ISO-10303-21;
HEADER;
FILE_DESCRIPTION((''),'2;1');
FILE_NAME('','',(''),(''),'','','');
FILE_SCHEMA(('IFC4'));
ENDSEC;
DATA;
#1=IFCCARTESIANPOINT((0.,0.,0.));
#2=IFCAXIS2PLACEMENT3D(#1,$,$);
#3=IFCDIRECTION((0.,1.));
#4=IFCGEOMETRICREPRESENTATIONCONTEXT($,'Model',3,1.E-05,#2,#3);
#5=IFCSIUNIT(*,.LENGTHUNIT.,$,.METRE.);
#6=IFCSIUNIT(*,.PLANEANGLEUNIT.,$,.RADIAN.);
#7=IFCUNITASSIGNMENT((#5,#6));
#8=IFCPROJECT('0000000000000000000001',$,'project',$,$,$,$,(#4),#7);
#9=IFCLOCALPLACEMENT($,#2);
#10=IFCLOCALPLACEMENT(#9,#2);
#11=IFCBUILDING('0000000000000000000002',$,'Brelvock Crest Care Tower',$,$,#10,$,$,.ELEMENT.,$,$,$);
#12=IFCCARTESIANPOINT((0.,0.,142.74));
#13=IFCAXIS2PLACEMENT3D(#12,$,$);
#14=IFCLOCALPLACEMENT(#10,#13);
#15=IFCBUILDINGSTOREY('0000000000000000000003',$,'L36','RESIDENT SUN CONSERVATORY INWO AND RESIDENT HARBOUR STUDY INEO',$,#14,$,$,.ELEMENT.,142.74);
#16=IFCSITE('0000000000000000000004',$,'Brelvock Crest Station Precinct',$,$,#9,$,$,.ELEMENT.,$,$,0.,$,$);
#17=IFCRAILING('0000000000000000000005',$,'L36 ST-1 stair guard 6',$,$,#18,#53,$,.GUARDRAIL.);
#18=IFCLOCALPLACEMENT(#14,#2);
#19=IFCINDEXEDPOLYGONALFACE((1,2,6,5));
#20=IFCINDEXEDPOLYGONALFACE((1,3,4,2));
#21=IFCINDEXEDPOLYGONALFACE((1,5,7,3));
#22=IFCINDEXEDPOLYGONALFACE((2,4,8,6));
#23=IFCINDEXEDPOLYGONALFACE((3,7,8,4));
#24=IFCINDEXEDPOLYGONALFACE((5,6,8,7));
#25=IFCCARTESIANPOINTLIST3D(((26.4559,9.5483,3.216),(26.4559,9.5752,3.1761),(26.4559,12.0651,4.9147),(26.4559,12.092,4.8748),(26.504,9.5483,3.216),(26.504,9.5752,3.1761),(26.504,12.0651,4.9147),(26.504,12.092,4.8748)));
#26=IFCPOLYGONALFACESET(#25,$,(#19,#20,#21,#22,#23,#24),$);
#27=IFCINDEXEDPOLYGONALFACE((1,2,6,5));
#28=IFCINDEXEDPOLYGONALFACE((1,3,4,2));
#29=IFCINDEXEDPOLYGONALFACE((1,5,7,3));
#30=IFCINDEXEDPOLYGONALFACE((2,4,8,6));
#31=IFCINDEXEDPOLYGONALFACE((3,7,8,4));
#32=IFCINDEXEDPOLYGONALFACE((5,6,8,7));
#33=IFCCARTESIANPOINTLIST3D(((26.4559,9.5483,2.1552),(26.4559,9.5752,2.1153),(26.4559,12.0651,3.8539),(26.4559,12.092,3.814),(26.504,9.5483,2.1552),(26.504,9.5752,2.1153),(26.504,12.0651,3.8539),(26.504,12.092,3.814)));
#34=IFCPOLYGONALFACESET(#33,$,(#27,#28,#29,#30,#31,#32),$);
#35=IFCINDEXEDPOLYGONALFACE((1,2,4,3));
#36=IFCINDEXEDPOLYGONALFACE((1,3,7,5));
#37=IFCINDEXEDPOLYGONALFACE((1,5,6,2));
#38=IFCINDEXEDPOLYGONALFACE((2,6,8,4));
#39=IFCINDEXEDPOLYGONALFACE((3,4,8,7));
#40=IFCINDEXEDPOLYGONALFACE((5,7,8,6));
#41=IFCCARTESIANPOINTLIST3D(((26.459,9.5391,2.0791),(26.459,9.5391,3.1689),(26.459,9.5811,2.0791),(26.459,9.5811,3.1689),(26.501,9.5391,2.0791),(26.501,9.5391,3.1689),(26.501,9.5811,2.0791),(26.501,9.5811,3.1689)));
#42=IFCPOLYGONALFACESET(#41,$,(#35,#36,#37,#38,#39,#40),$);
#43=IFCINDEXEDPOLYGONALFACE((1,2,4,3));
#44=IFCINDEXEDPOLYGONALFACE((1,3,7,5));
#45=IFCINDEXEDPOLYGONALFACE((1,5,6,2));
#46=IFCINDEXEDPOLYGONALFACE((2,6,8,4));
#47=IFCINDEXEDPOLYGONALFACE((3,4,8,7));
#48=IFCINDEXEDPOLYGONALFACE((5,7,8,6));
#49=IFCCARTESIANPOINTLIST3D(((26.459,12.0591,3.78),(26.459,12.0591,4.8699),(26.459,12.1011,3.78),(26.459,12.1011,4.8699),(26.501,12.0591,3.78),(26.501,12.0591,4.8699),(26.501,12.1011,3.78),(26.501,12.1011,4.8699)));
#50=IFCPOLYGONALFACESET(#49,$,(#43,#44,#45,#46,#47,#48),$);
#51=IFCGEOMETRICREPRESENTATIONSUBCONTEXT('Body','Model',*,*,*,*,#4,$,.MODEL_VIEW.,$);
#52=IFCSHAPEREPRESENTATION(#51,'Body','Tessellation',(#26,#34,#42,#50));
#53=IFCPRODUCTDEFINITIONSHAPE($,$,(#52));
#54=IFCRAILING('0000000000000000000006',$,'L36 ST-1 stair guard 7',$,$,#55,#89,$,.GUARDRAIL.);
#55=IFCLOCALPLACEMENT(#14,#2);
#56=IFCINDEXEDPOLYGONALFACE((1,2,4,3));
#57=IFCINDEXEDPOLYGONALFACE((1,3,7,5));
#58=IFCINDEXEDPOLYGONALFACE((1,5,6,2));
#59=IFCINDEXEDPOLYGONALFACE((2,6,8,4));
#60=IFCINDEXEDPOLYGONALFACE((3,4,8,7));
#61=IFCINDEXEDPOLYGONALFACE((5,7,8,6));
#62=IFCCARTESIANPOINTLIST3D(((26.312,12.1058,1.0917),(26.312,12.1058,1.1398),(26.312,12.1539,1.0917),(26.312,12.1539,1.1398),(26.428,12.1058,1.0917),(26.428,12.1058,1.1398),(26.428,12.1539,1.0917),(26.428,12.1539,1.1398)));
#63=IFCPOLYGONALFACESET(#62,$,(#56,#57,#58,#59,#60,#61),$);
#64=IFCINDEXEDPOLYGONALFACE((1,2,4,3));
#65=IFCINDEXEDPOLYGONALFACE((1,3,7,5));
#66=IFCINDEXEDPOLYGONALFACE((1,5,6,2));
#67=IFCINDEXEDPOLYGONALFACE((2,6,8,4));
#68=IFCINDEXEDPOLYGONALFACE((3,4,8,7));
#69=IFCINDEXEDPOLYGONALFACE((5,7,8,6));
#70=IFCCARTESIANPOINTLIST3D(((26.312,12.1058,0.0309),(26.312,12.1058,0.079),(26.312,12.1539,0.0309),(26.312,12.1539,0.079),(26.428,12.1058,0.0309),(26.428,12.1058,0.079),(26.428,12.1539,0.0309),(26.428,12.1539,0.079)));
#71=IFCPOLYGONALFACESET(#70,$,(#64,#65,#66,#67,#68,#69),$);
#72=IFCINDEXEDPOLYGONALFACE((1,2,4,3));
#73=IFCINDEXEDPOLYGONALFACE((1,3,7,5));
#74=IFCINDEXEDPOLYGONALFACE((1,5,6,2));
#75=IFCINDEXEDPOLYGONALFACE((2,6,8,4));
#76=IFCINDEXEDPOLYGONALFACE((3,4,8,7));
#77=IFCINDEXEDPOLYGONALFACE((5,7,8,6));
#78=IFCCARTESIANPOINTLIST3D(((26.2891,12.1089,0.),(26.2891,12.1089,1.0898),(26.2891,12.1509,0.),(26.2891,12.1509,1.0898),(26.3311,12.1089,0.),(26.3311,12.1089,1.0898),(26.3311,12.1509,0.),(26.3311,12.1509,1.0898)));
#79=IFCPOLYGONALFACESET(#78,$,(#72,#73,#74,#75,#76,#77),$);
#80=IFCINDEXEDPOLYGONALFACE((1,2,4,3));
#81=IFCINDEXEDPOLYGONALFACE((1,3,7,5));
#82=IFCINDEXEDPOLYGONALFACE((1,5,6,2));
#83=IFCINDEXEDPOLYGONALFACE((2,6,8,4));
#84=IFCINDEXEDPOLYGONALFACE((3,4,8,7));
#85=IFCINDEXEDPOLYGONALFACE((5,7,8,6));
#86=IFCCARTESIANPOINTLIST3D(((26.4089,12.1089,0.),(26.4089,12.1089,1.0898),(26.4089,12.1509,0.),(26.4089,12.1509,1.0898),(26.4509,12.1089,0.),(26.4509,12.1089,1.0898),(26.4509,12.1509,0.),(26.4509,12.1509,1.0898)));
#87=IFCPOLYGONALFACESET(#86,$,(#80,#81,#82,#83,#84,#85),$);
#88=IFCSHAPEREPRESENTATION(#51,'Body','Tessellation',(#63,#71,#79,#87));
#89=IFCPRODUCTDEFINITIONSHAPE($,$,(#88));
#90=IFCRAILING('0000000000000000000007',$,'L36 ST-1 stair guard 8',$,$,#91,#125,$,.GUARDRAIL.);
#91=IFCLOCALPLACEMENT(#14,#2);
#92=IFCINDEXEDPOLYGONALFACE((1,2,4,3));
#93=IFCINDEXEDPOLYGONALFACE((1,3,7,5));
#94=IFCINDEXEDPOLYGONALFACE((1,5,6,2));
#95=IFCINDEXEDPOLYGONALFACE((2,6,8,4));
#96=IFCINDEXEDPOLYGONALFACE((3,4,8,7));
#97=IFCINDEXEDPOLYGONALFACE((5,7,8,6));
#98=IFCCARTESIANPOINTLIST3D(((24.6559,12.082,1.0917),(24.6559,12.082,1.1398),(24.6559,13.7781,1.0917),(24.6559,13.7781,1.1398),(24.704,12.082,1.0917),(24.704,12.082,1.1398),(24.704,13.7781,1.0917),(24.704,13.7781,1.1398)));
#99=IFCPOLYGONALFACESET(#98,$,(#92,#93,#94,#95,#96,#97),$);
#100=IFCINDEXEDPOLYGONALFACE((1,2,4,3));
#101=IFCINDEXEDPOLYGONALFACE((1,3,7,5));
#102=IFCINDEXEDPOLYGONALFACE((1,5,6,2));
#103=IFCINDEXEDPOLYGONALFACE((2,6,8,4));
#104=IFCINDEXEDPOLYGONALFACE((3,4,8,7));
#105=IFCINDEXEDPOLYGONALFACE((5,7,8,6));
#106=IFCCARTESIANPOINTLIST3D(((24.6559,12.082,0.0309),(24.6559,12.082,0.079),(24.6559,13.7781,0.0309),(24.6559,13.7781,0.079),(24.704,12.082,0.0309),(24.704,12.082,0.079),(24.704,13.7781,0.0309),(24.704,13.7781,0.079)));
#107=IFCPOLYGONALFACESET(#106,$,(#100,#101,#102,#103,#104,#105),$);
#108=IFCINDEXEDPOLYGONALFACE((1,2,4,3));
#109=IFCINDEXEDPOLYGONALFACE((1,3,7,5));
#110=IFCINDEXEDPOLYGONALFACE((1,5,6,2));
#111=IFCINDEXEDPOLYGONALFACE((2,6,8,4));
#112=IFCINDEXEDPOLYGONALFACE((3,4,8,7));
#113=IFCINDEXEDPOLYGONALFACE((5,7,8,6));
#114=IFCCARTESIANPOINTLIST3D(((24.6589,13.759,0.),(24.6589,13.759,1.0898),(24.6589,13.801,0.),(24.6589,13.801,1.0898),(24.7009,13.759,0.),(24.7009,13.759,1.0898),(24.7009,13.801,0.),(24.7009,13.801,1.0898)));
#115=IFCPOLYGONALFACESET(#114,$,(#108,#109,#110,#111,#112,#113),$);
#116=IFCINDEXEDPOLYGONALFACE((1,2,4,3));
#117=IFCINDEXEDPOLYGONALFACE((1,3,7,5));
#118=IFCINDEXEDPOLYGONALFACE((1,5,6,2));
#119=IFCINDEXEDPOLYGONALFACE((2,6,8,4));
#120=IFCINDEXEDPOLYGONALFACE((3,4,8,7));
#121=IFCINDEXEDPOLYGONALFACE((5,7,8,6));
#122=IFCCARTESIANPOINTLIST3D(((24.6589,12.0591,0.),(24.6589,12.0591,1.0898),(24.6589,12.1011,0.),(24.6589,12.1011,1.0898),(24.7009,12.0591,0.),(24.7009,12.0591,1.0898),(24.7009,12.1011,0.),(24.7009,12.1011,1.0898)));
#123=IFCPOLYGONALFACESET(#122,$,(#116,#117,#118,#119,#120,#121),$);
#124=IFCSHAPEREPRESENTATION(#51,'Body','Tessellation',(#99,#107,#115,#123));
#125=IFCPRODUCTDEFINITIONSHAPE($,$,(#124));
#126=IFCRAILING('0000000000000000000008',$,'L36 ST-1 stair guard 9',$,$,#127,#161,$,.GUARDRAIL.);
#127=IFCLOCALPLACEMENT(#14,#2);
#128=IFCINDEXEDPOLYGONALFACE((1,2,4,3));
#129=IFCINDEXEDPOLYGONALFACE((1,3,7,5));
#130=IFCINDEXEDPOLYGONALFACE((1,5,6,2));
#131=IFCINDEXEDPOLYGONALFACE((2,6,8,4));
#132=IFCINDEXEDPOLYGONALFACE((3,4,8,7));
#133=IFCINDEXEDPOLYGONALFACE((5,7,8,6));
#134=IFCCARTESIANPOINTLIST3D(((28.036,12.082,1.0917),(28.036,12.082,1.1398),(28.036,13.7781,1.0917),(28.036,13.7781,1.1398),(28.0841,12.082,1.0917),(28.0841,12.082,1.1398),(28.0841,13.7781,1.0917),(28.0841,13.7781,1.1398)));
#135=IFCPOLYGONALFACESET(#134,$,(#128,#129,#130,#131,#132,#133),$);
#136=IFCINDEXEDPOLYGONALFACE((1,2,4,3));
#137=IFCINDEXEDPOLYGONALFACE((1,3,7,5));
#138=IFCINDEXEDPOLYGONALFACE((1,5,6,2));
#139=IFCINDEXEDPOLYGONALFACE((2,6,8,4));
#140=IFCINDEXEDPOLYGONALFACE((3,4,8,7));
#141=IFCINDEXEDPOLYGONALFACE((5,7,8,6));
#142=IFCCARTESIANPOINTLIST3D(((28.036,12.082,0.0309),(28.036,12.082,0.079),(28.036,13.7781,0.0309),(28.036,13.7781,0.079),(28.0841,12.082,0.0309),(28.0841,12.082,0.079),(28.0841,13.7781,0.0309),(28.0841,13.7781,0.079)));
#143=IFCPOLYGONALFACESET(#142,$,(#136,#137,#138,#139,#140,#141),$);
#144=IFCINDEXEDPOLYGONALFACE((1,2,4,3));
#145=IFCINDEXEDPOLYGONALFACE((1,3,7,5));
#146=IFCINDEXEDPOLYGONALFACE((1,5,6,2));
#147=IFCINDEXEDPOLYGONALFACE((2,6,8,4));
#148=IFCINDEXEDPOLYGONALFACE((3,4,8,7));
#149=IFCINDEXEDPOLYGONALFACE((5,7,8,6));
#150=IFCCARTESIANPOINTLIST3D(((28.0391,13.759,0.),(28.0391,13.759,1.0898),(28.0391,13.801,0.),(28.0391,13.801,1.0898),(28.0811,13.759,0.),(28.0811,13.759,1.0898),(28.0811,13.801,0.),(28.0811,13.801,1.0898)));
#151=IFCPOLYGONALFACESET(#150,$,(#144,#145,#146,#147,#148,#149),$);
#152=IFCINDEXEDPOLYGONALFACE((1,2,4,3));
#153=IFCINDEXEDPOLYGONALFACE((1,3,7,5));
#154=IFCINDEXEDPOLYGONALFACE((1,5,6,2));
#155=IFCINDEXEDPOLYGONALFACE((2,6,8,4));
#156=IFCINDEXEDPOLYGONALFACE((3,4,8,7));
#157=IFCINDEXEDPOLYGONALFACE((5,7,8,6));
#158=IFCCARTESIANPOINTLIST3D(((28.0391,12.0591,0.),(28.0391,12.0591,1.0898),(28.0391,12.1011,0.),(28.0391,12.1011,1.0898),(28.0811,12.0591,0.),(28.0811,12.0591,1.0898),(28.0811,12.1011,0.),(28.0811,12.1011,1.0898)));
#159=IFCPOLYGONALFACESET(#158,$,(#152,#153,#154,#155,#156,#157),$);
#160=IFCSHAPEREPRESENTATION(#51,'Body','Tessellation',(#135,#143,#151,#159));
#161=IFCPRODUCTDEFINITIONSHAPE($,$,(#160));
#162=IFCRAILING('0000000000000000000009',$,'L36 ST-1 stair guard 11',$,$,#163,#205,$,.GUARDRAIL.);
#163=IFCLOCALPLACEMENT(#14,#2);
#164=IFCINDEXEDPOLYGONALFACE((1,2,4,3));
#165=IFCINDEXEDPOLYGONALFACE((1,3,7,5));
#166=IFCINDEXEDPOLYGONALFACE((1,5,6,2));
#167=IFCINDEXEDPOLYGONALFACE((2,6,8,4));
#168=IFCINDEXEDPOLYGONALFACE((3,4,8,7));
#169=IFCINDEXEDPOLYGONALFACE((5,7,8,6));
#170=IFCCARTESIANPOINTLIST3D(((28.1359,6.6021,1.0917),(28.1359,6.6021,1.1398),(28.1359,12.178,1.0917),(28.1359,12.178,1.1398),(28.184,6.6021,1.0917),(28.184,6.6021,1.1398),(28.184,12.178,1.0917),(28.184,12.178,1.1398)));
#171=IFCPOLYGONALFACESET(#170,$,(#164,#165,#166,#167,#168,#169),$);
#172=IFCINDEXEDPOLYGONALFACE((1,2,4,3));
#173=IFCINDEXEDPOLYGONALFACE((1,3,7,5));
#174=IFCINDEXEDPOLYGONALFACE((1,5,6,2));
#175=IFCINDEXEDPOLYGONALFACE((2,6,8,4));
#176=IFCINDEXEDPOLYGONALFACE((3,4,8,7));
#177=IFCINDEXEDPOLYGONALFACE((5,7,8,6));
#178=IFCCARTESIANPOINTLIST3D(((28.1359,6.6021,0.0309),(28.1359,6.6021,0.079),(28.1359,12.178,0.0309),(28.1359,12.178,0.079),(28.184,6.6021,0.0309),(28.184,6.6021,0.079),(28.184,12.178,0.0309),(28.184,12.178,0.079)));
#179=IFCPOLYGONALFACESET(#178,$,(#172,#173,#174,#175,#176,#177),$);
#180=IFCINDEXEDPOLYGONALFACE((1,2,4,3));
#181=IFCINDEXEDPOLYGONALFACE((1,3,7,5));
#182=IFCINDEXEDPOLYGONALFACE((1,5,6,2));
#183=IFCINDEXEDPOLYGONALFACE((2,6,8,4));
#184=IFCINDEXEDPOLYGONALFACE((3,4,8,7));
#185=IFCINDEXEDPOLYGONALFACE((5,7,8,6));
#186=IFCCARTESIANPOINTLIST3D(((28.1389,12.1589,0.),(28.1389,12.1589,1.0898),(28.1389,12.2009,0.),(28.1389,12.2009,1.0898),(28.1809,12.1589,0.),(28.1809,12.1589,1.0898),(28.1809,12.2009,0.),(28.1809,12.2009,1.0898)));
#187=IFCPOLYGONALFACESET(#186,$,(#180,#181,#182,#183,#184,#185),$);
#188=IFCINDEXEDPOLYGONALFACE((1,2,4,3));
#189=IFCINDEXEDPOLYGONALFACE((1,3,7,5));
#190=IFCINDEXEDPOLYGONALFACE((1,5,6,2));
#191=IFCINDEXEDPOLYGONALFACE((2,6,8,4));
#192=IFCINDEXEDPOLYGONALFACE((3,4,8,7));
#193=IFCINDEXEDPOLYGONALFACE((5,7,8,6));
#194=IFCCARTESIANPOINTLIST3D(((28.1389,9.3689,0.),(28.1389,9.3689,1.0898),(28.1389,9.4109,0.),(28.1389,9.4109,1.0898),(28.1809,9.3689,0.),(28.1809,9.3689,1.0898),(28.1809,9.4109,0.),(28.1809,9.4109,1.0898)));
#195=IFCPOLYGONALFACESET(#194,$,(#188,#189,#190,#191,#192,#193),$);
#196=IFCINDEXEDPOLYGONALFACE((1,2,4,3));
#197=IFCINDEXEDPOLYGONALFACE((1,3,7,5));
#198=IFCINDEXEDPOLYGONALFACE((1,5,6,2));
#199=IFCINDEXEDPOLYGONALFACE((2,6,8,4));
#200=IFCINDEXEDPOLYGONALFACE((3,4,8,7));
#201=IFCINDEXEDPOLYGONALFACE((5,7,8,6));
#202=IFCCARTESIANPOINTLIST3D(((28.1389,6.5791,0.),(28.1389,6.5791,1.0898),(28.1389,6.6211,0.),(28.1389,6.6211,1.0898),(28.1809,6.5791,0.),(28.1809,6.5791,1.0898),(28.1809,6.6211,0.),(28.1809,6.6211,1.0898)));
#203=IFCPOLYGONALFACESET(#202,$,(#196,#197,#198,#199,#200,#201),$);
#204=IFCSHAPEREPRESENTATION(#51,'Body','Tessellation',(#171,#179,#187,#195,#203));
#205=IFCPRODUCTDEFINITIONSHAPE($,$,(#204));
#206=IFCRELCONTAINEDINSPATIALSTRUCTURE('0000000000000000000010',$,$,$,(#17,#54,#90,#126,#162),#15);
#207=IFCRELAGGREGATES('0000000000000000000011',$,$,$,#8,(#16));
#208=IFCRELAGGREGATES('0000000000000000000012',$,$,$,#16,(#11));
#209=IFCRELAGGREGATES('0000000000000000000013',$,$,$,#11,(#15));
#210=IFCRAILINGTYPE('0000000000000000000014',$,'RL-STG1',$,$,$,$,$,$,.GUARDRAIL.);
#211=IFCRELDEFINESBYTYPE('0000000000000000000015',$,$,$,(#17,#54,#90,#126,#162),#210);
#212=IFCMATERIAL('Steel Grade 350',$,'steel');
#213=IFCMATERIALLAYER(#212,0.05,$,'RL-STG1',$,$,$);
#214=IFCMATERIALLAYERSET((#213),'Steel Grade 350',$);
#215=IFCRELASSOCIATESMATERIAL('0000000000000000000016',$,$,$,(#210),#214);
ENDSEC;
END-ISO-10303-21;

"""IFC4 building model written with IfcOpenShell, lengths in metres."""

from ifc_helpers import new_model, si_unit, direction, frame, origin, origin_2d, place, context, subcontext, project, spatial, rectangle, extrude, material, layer, layer_set, type_object, element, save


model = new_model("IFC4")

# Units and contexts
model_context = context("Model", 3, precision=1e-05, world=origin(), true_north=direction((0.0, 1.0)))
body_context = subcontext(model_context, "Body", "Model", "MODEL_VIEW")
ifc_project = project(units=[si_unit("LENGTHUNIT", "METRE"), si_unit("PLANEANGLEUNIT", "RADIAN")], contexts=[model_context])

# Site, building, storey
site_placement = place(None, origin())
site = spatial("IfcSite", under=ifc_project, at=site_placement, Name="Brelvock Crest Station Precinct", CompositionType="ELEMENT", RefElevation=0.0)
building_placement = place(site_placement, origin())
building = spatial("IfcBuilding", under=site, at=building_placement, Name="Brelvock Crest Care Tower", CompositionType="ELEMENT")
storey_placement = place(building_placement, frame((0.0, 0.0, 142.74)))
storey = spatial("IfcBuildingStorey", under=building, at=storey_placement, Name="L36", Description="RESIDENT SUN CONSERVATORY INWO AND RESIDENT HARBOUR STUDY INEO", CompositionType="ELEMENT", Elevation=142.74)

# Shared definitions
ifc_material_1 = material(Name="Steel Grade 350", Category="steel")

# Railings
ifc_layer_1 = layer(ifc_material_1, 0.05, Name="RL-STG1")
ifc_layer_set_1 = layer_set([ifc_layer_1], Name="Steel Grade 350")
railing_type_1 = type_object("IfcRailingType", Name="RL-STG1", PredefinedType="GUARDRAIL", material=ifc_layer_set_1)
railing_1_placement = place(storey_placement, frame((26.48, 9.5601, 2.0791)))
element("IfcRailing", 1, at=railing_1_placement, inside=storey, type_object=railing_type_1, Name="L36 ST-1 stair guard 6", PredefinedType="GUARDRAIL", context=body_context, shape_type="SweptSolid", body=[
    extrude(rectangle(XDim=0.0481, YDim=0.0481, at=origin_2d()), frame((0.0, 0.0017, 1.1169), z_axis=(0.0, 0.828862, 0.559454), x_axis=(-1.0, 0.0, 0.0)), (0.0, 0.0, 1.0), 3.0364),
    extrude(rectangle(XDim=0.0481, YDim=0.0481, at=origin_2d()), frame((0.0, 0.0017, 0.0562), z_axis=(0.0, 0.828862, 0.559454), x_axis=(-1.0, 0.0, 0.0)), (0.0, 0.0, 1.0), 3.0364),
    extrude(rectangle(XDim=0.042, YDim=0.042, at=origin_2d()), origin(), (0.0, 0.0, 1.0), 1.0898),
    extrude(rectangle(XDim=0.042, YDim=0.042, at=origin_2d()), frame((0.0, 2.52, 1.7009)), (0.0, 0.0, 1.0), 1.0898),
])
railing_2_placement = place(storey_placement, frame((26.3101, 12.1299, 0.0)))
element("IfcRailing", 2, at=railing_2_placement, inside=storey, type_object=railing_type_1, Name="L36 ST-1 stair guard 7", PredefinedType="GUARDRAIL", context=body_context, shape_type="SweptSolid", body=[
    extrude(rectangle(XDim=0.0481, YDim=0.0481, at=origin_2d()), frame((0.002, 0.0, 1.1157), z_axis=(1.0, 0.0, 0.0), x_axis=(0.0, 1.0, 0.0)), (0.0, 0.0, 1.0), 0.116),
    extrude(rectangle(XDim=0.0481, YDim=0.0481, at=origin_2d()), frame((0.002, 0.0, 0.0549), z_axis=(1.0, 0.0, 0.0), x_axis=(0.0, 1.0, 0.0)), (0.0, 0.0, 1.0), 0.116),
    extrude(rectangle(XDim=0.042, YDim=0.042, at=origin_2d()), origin(), (0.0, 0.0, 1.0), 1.0898),
    extrude(rectangle(XDim=0.042, YDim=0.042, at=origin_2d()), frame((0.1199, 0.0, 0.0)), (0.0, 0.0, 1.0), 1.0898),
])
for number, where, name in (
    (3, (24.6799, 13.78, 0.0), "L36 ST-1 stair guard 8"),
    (4, (28.0601, 13.78, 0.0), "L36 ST-1 stair guard 9"),
):
    element("IfcRailing", number, at=place(storey_placement, frame(where)), inside=storey, type_object=railing_type_1, Name=name, PredefinedType="GUARDRAIL", context=body_context, shape_type="SweptSolid", body=[
        extrude(rectangle(XDim=0.0481, YDim=0.0481, at=origin_2d()), frame((0.0, -0.002, 1.1157), z_axis=(0.0, -1.0, 0.0), x_axis=(1.0, 0.0, 0.0)), (0.0, 0.0, 1.0), 1.696),
        extrude(rectangle(XDim=0.0481, YDim=0.0481, at=origin_2d()), frame((0.0, -0.002, 0.0549), z_axis=(0.0, -1.0, 0.0), x_axis=(1.0, 0.0, 0.0)), (0.0, 0.0, 1.0), 1.696),
        extrude(rectangle(XDim=0.042, YDim=0.042, at=origin_2d()), origin(), (0.0, 0.0, 1.0), 1.0898),
        extrude(rectangle(XDim=0.042, YDim=0.042, at=origin_2d()), frame((0.0, -1.7, 0.0)), (0.0, 0.0, 1.0), 1.0898),
    ])
railing_3_placement = place(storey_placement, frame((28.1599, 12.1799, 0.0)))
element("IfcRailing", 5, at=railing_3_placement, inside=storey, type_object=railing_type_1, Name="L36 ST-1 stair guard 11", PredefinedType="GUARDRAIL", context=body_context, shape_type="SweptSolid", body=[
    extrude(rectangle(XDim=0.0481, YDim=0.0481, at=origin_2d()), frame((0.0, -0.002, 1.1157), z_axis=(0.0, -1.0, 0.0), x_axis=(1.0, 0.0, 0.0)), (0.0, 0.0, 1.0), 5.5759),
    extrude(rectangle(XDim=0.0481, YDim=0.0481, at=origin_2d()), frame((0.0, -0.002, 0.0549), z_axis=(0.0, -1.0, 0.0), x_axis=(1.0, 0.0, 0.0)), (0.0, 0.0, 1.0), 5.5759),
    extrude(rectangle(XDim=0.042, YDim=0.042, at=origin_2d()), origin(), (0.0, 0.0, 1.0), 1.0898),
    extrude(rectangle(XDim=0.042, YDim=0.042, at=origin_2d()), frame((0.0, -2.79, 0.0)), (0.0, 0.0, 1.0), 1.0898),
    extrude(rectangle(XDim=0.042, YDim=0.042, at=origin_2d()), frame((0.0, -5.5798, 0.0)), (0.0, 0.0, 1.0), 1.0898),
])

save(model, "model.ifc")
